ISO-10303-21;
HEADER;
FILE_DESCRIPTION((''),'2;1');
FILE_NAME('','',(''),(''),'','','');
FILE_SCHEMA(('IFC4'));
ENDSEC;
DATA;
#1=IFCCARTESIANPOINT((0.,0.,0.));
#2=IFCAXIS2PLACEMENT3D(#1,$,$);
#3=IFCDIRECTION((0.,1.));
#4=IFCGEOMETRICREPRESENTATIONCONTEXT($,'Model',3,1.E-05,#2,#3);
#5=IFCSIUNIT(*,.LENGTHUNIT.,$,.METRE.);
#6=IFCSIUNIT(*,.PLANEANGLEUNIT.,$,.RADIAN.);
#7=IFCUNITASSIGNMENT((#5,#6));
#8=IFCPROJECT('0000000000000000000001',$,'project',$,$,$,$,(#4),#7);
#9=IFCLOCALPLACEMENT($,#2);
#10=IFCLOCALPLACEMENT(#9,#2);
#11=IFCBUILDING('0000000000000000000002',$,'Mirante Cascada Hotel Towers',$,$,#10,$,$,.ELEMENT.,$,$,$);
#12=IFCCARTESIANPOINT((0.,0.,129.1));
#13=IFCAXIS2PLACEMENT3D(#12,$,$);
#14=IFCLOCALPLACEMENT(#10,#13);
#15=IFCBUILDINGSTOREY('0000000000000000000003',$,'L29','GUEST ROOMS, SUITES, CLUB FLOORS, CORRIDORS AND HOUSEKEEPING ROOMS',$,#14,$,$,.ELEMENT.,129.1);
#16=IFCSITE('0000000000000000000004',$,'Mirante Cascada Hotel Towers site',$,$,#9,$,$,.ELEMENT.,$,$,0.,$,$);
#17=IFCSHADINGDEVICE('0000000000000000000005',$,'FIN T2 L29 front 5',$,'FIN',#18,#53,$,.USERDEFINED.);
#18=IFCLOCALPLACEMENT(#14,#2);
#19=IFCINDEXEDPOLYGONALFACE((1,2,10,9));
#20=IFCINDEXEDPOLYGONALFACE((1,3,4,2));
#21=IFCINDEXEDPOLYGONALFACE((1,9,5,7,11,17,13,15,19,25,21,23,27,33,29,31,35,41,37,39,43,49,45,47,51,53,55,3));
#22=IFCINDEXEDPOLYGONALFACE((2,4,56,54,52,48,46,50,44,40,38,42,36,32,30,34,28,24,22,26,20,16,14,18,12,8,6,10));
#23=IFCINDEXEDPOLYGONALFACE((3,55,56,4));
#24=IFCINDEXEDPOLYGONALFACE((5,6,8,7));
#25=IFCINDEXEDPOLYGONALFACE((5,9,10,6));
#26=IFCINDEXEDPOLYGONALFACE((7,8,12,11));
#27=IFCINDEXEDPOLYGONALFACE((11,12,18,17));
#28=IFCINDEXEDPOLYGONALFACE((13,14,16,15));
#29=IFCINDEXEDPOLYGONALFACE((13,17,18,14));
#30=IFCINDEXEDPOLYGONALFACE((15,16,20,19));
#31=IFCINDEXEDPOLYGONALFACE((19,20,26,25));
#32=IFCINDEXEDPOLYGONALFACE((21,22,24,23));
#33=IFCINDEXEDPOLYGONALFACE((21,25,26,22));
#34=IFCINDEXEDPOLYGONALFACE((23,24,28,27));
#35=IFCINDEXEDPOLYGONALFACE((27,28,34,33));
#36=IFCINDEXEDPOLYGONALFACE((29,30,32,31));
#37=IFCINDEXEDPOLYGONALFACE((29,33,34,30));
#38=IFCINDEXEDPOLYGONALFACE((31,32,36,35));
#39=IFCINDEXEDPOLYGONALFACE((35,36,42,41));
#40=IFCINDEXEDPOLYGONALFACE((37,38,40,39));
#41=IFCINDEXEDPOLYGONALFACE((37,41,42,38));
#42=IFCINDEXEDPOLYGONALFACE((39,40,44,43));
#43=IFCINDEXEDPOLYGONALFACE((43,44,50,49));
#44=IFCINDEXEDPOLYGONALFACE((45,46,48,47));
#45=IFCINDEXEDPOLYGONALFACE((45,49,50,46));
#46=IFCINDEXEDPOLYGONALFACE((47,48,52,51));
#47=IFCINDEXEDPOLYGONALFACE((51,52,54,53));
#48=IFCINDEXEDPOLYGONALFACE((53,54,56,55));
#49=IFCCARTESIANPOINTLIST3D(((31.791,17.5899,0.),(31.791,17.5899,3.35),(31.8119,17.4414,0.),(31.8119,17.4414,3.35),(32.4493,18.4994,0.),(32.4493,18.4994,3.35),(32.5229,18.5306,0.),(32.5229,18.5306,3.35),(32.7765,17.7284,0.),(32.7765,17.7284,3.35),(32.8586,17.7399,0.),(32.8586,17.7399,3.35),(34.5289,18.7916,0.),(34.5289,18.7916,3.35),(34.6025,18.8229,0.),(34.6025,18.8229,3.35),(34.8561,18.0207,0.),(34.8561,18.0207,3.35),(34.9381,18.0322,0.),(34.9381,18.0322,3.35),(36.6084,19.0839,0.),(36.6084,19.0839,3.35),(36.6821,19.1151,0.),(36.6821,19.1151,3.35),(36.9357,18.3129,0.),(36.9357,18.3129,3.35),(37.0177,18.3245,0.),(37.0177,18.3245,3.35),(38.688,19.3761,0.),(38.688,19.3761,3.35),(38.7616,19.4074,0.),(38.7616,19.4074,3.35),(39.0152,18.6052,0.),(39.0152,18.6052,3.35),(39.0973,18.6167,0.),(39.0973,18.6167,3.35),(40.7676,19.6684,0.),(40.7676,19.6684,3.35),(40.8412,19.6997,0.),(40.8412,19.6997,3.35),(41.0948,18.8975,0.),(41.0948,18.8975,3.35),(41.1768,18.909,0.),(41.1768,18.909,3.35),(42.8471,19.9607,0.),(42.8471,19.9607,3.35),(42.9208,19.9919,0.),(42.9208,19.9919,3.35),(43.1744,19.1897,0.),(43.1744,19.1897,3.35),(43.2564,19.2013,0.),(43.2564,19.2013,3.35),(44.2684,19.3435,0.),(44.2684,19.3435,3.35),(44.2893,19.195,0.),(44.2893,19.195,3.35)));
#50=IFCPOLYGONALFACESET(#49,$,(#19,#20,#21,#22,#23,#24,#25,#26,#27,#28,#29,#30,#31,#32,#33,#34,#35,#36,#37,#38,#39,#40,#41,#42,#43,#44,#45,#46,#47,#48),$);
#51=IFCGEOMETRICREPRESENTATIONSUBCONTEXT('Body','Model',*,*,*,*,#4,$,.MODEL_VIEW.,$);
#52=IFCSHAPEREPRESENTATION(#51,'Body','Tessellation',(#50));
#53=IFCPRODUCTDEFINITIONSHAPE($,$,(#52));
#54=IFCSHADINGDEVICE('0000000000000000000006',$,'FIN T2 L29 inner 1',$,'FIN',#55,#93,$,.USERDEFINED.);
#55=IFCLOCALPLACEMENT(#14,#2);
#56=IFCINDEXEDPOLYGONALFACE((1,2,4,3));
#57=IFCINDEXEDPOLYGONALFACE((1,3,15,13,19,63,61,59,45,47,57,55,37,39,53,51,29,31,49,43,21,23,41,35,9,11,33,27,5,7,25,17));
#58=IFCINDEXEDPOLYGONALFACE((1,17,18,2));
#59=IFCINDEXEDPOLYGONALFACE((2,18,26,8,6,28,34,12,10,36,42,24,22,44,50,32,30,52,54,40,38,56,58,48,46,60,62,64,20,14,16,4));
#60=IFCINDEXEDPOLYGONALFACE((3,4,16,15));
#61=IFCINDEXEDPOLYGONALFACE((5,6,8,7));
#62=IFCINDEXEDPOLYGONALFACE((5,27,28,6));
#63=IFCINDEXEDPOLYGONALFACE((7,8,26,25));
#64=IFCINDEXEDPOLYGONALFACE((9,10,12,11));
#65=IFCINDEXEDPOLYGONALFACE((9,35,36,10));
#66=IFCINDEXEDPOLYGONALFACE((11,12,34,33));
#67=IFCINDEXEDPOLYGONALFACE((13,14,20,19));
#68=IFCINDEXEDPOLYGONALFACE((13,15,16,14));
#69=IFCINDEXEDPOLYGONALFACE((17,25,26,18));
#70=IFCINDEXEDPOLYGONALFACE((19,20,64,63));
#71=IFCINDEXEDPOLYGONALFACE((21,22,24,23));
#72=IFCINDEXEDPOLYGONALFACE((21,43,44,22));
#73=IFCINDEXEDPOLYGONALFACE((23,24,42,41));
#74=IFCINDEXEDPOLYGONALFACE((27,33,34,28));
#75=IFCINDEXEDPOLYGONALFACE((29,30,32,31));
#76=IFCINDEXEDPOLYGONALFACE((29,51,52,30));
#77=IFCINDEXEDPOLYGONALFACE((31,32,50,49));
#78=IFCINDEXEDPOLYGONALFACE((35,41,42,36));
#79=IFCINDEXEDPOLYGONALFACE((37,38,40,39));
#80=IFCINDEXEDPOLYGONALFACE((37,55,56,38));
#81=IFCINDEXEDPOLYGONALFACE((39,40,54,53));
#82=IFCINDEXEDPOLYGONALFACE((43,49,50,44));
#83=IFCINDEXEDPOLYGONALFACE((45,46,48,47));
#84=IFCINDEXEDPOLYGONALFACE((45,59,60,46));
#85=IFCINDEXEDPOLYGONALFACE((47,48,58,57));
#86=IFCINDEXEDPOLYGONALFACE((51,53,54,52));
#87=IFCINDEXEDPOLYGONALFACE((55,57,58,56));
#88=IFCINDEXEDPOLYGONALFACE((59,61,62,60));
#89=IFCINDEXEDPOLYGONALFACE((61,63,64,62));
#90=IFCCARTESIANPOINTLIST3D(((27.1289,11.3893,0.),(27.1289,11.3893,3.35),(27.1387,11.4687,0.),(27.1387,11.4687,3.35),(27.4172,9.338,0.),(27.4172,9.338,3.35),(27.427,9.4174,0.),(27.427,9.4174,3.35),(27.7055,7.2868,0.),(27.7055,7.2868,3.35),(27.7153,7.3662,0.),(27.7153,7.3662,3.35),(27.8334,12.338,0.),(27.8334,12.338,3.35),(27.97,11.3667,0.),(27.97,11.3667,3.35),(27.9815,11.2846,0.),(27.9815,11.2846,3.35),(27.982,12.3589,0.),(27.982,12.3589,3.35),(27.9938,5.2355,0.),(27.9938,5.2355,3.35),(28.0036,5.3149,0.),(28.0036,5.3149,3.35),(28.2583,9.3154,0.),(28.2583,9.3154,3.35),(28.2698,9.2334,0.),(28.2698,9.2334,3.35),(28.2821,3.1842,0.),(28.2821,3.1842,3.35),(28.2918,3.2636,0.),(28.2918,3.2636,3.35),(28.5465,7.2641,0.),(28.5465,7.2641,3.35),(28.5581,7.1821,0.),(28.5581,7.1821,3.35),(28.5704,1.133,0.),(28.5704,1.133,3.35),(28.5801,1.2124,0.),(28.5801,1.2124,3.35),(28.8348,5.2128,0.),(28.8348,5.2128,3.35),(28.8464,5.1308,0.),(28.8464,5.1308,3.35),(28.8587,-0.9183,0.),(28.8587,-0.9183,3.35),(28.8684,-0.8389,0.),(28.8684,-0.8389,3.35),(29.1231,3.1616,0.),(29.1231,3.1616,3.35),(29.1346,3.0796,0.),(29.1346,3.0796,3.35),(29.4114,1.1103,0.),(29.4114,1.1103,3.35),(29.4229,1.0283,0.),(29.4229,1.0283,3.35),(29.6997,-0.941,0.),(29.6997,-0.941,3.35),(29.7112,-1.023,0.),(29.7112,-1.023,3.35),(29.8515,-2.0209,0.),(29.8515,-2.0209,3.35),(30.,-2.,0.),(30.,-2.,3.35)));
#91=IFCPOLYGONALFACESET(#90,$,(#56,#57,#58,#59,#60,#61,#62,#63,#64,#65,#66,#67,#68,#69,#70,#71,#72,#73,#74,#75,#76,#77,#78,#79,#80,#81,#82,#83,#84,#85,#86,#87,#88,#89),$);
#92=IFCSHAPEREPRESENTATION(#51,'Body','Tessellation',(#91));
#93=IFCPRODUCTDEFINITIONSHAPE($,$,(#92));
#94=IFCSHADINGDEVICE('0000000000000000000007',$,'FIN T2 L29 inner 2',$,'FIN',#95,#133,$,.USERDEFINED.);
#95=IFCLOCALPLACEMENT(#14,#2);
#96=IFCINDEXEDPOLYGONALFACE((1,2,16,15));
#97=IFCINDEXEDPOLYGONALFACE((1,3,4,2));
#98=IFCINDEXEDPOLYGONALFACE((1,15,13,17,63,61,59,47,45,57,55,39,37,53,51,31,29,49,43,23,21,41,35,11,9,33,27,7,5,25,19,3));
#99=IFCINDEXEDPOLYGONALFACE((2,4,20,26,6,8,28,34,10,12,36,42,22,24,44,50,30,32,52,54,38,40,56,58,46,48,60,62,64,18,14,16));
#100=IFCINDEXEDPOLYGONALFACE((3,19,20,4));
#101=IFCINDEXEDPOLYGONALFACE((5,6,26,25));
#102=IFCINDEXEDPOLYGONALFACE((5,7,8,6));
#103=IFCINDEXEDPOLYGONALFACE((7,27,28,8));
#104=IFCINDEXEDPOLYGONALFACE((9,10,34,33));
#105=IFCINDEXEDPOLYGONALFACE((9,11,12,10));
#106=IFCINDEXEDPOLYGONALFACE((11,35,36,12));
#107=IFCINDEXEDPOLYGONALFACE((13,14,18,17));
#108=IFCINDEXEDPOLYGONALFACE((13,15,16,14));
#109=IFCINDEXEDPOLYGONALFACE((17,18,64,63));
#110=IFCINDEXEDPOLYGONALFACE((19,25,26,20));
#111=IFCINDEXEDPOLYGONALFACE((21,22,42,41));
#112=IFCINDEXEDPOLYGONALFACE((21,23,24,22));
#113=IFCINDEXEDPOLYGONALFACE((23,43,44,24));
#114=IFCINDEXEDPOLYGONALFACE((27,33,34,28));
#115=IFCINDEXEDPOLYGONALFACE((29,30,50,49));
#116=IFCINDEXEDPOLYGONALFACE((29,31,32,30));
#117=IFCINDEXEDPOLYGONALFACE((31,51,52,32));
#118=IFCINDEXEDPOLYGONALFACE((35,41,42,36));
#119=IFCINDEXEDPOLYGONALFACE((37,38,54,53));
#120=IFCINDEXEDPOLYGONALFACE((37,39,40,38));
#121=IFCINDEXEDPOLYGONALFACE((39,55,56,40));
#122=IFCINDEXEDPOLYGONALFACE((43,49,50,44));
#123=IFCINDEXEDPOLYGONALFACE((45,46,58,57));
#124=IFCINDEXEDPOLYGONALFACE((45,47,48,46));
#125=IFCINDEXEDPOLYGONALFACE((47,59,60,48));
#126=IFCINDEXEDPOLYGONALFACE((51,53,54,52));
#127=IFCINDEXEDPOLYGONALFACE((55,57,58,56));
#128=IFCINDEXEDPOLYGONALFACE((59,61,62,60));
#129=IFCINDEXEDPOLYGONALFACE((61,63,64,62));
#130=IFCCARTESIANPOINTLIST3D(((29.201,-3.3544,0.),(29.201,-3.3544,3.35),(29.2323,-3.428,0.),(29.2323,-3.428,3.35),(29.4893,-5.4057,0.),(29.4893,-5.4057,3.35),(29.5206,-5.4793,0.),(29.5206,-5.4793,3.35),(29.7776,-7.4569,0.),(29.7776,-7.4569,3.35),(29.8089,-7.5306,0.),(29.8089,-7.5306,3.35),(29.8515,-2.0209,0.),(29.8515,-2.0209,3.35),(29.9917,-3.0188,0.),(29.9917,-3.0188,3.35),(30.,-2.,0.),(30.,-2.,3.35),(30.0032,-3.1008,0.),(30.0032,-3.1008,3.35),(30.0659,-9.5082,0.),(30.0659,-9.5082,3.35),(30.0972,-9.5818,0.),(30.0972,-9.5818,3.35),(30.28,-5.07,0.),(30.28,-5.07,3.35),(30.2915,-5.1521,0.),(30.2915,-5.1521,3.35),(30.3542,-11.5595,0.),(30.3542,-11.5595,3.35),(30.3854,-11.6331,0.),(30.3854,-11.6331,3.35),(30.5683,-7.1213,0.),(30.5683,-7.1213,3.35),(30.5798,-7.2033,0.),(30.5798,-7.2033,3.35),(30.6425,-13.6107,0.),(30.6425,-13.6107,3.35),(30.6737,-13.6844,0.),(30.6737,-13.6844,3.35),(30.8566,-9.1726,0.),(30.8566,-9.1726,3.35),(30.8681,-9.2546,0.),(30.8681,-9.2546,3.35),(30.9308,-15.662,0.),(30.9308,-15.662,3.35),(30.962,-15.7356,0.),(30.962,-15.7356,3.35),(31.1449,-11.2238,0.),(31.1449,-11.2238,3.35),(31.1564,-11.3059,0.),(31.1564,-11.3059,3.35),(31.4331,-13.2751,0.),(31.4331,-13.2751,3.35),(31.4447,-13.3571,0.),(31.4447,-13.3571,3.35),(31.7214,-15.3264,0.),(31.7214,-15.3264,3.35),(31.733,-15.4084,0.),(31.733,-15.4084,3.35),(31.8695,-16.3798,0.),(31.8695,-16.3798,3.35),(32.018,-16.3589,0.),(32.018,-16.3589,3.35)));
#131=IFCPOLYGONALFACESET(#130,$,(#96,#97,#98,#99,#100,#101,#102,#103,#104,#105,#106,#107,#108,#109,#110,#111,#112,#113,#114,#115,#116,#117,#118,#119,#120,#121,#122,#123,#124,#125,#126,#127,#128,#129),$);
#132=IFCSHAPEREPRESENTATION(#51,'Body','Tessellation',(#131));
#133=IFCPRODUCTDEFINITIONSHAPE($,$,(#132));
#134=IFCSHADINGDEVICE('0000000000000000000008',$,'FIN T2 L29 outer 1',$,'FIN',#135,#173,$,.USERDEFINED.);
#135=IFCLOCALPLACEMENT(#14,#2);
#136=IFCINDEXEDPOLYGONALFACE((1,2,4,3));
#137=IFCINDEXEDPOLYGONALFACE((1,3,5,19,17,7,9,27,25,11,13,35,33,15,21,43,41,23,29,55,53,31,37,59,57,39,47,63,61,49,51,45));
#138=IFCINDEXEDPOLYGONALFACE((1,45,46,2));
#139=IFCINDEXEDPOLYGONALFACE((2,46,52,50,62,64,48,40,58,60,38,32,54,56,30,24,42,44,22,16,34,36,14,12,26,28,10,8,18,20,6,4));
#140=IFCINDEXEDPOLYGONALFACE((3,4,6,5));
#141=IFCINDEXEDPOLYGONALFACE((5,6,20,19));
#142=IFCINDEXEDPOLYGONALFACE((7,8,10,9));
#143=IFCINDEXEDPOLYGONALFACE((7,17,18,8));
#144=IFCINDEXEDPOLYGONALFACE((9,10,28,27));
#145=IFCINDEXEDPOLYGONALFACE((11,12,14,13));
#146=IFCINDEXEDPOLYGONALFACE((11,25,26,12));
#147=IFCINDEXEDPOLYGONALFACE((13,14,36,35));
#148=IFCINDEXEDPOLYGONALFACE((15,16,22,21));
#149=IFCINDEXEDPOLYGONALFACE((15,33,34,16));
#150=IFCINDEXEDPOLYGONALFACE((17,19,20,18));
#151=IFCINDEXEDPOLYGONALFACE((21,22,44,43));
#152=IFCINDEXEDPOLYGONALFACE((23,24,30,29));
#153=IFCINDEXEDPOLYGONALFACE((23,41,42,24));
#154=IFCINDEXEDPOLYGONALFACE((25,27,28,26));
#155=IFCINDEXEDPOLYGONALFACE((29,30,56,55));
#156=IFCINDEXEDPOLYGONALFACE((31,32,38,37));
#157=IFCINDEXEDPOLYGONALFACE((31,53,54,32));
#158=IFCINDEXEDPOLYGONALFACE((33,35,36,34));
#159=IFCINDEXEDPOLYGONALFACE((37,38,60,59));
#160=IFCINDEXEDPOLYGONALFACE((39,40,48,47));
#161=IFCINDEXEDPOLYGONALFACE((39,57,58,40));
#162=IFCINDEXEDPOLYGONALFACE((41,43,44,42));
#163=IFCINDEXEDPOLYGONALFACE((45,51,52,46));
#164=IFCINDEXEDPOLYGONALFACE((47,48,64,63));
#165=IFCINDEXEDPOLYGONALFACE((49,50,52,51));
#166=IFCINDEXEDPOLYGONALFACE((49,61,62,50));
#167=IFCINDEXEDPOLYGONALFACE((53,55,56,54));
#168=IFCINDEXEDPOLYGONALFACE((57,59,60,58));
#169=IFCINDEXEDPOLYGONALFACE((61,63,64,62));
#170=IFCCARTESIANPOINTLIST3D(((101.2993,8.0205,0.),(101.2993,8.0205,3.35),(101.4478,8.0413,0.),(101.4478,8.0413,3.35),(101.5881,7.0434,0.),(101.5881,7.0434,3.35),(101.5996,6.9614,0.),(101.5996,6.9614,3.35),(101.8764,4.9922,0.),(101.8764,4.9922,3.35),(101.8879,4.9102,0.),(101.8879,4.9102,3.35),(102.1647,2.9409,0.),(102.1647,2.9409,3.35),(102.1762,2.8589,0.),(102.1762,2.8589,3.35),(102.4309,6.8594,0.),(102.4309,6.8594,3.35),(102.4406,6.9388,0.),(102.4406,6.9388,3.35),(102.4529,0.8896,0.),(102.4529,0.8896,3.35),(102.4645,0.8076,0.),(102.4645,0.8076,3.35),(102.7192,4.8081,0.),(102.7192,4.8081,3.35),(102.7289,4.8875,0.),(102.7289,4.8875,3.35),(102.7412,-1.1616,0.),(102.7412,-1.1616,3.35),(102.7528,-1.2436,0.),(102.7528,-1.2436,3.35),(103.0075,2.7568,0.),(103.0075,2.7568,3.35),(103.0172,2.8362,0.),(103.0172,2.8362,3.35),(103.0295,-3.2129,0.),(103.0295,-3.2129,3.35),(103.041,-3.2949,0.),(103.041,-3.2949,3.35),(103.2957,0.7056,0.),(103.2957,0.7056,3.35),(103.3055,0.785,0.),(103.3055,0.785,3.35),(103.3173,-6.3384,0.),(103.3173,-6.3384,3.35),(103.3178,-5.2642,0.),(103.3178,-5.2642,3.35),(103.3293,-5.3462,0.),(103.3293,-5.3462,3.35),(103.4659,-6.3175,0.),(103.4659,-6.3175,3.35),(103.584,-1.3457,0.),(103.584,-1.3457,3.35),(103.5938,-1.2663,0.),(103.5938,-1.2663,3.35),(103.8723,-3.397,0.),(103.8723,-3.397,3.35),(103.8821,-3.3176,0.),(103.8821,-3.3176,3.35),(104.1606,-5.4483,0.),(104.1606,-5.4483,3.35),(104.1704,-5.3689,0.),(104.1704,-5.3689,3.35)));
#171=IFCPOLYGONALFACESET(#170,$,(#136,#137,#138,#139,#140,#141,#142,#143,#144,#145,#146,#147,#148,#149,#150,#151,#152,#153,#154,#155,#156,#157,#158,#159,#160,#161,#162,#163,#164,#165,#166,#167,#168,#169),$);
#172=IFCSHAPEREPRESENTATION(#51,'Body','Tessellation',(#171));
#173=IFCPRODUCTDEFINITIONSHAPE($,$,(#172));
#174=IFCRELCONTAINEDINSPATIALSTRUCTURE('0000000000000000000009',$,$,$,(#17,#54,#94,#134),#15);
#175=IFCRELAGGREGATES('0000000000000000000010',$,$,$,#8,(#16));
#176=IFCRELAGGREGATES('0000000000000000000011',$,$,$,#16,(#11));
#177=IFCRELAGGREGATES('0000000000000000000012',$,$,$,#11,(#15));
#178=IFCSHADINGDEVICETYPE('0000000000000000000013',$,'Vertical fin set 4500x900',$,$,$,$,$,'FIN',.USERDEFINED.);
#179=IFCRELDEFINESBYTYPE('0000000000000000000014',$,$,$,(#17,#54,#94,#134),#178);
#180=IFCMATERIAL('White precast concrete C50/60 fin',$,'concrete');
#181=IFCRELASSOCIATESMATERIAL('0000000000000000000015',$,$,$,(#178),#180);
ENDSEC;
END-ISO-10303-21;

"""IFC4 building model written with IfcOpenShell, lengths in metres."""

from ifc_helpers import new_model, si_unit, direction, frame, origin, place, context, subcontext, project, spatial, polyline, outline, extrude, material, type_object, element, save


model = new_model("IFC4")

# Units and contexts
model_context = context("Model", 3, precision=1e-05, world=origin(), true_north=direction((0.0, 1.0)))
body_context = subcontext(model_context, "Body", "Model", "MODEL_VIEW")
ifc_project = project(units=[si_unit("LENGTHUNIT", "METRE"), si_unit("PLANEANGLEUNIT", "RADIAN")], contexts=[model_context])

# Site, building, storey
site_placement = place(None, origin())
site = spatial("IfcSite", under=ifc_project, at=site_placement, Name="Mirante Cascada Hotel Towers site", CompositionType="ELEMENT", RefElevation=0.0)
building_placement = place(site_placement, origin())
building = spatial("IfcBuilding", under=site, at=building_placement, Name="Mirante Cascada Hotel Towers", CompositionType="ELEMENT")
storey_placement = place(building_placement, frame((0.0, 0.0, 129.1)))
storey = spatial("IfcBuildingStorey", under=building, at=storey_placement, Name="L29", Description="GUEST ROOMS, SUITES, CLUB FLOORS, CORRIDORS AND HOUSEKEEPING ROOMS", CompositionType="ELEMENT", Elevation=129.1)

# Shading devices
ifc_material_1 = material(Name="White precast concrete C50/60 fin", Category="concrete")
shading_device_type = type_object("IfcShadingDeviceType", Name="Vertical fin set 4500x900", ElementType="FIN", PredefinedType="USERDEFINED", material=ifc_material_1)
shading_device_1_placement = place(storey_placement, origin())
element("IfcShadingDevice", 1, at=shading_device_1_placement, inside=storey, type_object=shading_device_type, Name="FIN T2 L29 front 5", ObjectType="FIN", PredefinedType="USERDEFINED", context=body_context, shape_type="SweptSolid", body=[
    extrude(outline(polyline([(32.5229, 18.5306), (32.8586, 17.7399), (34.8561, 18.0207), (34.5289, 18.7916), (34.6025, 18.8229), (34.9381, 18.0322), (36.9357, 18.3129), (36.6084, 19.0839), (36.6821, 19.1151), (37.0177, 18.3245), (39.0152, 18.6052), (38.688, 19.3761), (38.7616, 19.4074), (39.0973, 18.6167), (41.0948, 18.8975), (40.7676, 19.6684), (40.8412, 19.6997), (41.1768, 18.909), (43.1744, 19.1897), (42.8471, 19.9607), (42.9208, 19.9919), (43.2564, 19.2013), (44.2684, 19.3435), (44.2893, 19.195), (31.8119, 17.4414), (31.791, 17.5899), (32.7765, 17.7284), (32.4493, 18.4994), (32.5229, 18.5306)])), origin(), (0.0, 0.0, 1.0), 3.35),
])
shading_device_2_placement = place(storey_placement, origin())
element("IfcShadingDevice", 2, at=shading_device_2_placement, inside=storey, type_object=shading_device_type, Name="FIN T2 L29 inner 1", ObjectType="FIN", PredefinedType="USERDEFINED", context=body_context, shape_type="SweptSolid", body=[
    extrude(outline(polyline([(28.8684, -0.8389), (29.6997, -0.941), (29.4229, 1.0283), (28.5704, 1.133), (28.5801, 1.2124), (29.4114, 1.1103), (29.1346, 3.0796), (28.2821, 3.1842), (28.2918, 3.2636), (29.1231, 3.1616), (28.8464, 5.1308), (27.9938, 5.2355), (28.0036, 5.3149), (28.8348, 5.2128), (28.5581, 7.1821), (27.7055, 7.2868), (27.7153, 7.3662), (28.5465, 7.2641), (28.2698, 9.2334), (27.4172, 9.338), (27.427, 9.4174), (28.2583, 9.3154), (27.9815, 11.2846), (27.1289, 11.3893), (27.1387, 11.4687), (27.97, 11.3667), (27.8334, 12.338), (27.982, 12.3589), (30.0, -2.0), (29.8515, -2.0209), (29.7112, -1.023), (28.8587, -0.9183), (28.8684, -0.8389)])), origin(), (0.0, 0.0, 1.0), 3.35),
])
shading_device_3_placement = place(storey_placement, origin())
element("IfcShadingDevice", 3, at=shading_device_3_placement, inside=storey, type_object=shading_device_type, Name="FIN T2 L29 inner 2", ObjectType="FIN", PredefinedType="USERDEFINED", context=body_context, shape_type="SweptSolid", body=[
    extrude(outline(polyline([(30.9308, -15.662), (31.7214, -15.3264), (31.4447, -13.3571), (30.6737, -13.6844), (30.6425, -13.6107), (31.4331, -13.2751), (31.1564, -11.3059), (30.3854, -11.6331), (30.3542, -11.5595), (31.1449, -11.2238), (30.8681, -9.2546), (30.0972, -9.5818), (30.0659, -9.5082), (30.8566, -9.1726), (30.5798, -7.2033), (29.8089, -7.5306), (29.7776, -7.4569), (30.5683, -7.1213), (30.2915, -5.1521), (29.5206, -5.4793), (29.4893, -5.4057), (30.28, -5.07), (30.0032, -3.1008), (29.2323, -3.428), (29.201, -3.3544), (29.9917, -3.0188), (29.8515, -2.0209), (30.0, -2.0), (32.018, -16.3589), (31.8695, -16.3798), (31.733, -15.4084), (30.962, -15.7356), (30.9308, -15.662)])), origin(), (0.0, 0.0, 1.0), 3.35),
])
shading_device_4_placement = place(storey_placement, origin())
element("IfcShadingDevice", 4, at=shading_device_4_placement, inside=storey, type_object=shading_device_type, Name="FIN T2 L29 outer 1", ObjectType="FIN", PredefinedType="USERDEFINED", context=body_context, shape_type="SweptSolid", body=[
    extrude(outline(polyline([(104.1606, -5.4483), (103.3293, -5.3462), (103.4659, -6.3175), (103.3173, -6.3384), (101.2993, 8.0205), (101.4478, 8.0413), (101.5881, 7.0434), (102.4406, 6.9388), (102.4309, 6.8594), (101.5996, 6.9614), (101.8764, 4.9922), (102.7289, 4.8875), (102.7192, 4.8081), (101.8879, 4.9102), (102.1647, 2.9409), (103.0172, 2.8362), (103.0075, 2.7568), (102.1762, 2.8589), (102.4529, 0.8896), (103.3055, 0.785), (103.2957, 0.7056), (102.4645, 0.8076), (102.7412, -1.1616), (103.5938, -1.2663), (103.584, -1.3457), (102.7528, -1.2436), (103.0295, -3.2129), (103.8821, -3.3176), (103.8723, -3.397), (103.041, -3.2949), (103.3178, -5.2642), (104.1704, -5.3689), (104.1606, -5.4483)])), origin(), (0.0, 0.0, 1.0), 3.35),
])

save(model, "model.ifc")
